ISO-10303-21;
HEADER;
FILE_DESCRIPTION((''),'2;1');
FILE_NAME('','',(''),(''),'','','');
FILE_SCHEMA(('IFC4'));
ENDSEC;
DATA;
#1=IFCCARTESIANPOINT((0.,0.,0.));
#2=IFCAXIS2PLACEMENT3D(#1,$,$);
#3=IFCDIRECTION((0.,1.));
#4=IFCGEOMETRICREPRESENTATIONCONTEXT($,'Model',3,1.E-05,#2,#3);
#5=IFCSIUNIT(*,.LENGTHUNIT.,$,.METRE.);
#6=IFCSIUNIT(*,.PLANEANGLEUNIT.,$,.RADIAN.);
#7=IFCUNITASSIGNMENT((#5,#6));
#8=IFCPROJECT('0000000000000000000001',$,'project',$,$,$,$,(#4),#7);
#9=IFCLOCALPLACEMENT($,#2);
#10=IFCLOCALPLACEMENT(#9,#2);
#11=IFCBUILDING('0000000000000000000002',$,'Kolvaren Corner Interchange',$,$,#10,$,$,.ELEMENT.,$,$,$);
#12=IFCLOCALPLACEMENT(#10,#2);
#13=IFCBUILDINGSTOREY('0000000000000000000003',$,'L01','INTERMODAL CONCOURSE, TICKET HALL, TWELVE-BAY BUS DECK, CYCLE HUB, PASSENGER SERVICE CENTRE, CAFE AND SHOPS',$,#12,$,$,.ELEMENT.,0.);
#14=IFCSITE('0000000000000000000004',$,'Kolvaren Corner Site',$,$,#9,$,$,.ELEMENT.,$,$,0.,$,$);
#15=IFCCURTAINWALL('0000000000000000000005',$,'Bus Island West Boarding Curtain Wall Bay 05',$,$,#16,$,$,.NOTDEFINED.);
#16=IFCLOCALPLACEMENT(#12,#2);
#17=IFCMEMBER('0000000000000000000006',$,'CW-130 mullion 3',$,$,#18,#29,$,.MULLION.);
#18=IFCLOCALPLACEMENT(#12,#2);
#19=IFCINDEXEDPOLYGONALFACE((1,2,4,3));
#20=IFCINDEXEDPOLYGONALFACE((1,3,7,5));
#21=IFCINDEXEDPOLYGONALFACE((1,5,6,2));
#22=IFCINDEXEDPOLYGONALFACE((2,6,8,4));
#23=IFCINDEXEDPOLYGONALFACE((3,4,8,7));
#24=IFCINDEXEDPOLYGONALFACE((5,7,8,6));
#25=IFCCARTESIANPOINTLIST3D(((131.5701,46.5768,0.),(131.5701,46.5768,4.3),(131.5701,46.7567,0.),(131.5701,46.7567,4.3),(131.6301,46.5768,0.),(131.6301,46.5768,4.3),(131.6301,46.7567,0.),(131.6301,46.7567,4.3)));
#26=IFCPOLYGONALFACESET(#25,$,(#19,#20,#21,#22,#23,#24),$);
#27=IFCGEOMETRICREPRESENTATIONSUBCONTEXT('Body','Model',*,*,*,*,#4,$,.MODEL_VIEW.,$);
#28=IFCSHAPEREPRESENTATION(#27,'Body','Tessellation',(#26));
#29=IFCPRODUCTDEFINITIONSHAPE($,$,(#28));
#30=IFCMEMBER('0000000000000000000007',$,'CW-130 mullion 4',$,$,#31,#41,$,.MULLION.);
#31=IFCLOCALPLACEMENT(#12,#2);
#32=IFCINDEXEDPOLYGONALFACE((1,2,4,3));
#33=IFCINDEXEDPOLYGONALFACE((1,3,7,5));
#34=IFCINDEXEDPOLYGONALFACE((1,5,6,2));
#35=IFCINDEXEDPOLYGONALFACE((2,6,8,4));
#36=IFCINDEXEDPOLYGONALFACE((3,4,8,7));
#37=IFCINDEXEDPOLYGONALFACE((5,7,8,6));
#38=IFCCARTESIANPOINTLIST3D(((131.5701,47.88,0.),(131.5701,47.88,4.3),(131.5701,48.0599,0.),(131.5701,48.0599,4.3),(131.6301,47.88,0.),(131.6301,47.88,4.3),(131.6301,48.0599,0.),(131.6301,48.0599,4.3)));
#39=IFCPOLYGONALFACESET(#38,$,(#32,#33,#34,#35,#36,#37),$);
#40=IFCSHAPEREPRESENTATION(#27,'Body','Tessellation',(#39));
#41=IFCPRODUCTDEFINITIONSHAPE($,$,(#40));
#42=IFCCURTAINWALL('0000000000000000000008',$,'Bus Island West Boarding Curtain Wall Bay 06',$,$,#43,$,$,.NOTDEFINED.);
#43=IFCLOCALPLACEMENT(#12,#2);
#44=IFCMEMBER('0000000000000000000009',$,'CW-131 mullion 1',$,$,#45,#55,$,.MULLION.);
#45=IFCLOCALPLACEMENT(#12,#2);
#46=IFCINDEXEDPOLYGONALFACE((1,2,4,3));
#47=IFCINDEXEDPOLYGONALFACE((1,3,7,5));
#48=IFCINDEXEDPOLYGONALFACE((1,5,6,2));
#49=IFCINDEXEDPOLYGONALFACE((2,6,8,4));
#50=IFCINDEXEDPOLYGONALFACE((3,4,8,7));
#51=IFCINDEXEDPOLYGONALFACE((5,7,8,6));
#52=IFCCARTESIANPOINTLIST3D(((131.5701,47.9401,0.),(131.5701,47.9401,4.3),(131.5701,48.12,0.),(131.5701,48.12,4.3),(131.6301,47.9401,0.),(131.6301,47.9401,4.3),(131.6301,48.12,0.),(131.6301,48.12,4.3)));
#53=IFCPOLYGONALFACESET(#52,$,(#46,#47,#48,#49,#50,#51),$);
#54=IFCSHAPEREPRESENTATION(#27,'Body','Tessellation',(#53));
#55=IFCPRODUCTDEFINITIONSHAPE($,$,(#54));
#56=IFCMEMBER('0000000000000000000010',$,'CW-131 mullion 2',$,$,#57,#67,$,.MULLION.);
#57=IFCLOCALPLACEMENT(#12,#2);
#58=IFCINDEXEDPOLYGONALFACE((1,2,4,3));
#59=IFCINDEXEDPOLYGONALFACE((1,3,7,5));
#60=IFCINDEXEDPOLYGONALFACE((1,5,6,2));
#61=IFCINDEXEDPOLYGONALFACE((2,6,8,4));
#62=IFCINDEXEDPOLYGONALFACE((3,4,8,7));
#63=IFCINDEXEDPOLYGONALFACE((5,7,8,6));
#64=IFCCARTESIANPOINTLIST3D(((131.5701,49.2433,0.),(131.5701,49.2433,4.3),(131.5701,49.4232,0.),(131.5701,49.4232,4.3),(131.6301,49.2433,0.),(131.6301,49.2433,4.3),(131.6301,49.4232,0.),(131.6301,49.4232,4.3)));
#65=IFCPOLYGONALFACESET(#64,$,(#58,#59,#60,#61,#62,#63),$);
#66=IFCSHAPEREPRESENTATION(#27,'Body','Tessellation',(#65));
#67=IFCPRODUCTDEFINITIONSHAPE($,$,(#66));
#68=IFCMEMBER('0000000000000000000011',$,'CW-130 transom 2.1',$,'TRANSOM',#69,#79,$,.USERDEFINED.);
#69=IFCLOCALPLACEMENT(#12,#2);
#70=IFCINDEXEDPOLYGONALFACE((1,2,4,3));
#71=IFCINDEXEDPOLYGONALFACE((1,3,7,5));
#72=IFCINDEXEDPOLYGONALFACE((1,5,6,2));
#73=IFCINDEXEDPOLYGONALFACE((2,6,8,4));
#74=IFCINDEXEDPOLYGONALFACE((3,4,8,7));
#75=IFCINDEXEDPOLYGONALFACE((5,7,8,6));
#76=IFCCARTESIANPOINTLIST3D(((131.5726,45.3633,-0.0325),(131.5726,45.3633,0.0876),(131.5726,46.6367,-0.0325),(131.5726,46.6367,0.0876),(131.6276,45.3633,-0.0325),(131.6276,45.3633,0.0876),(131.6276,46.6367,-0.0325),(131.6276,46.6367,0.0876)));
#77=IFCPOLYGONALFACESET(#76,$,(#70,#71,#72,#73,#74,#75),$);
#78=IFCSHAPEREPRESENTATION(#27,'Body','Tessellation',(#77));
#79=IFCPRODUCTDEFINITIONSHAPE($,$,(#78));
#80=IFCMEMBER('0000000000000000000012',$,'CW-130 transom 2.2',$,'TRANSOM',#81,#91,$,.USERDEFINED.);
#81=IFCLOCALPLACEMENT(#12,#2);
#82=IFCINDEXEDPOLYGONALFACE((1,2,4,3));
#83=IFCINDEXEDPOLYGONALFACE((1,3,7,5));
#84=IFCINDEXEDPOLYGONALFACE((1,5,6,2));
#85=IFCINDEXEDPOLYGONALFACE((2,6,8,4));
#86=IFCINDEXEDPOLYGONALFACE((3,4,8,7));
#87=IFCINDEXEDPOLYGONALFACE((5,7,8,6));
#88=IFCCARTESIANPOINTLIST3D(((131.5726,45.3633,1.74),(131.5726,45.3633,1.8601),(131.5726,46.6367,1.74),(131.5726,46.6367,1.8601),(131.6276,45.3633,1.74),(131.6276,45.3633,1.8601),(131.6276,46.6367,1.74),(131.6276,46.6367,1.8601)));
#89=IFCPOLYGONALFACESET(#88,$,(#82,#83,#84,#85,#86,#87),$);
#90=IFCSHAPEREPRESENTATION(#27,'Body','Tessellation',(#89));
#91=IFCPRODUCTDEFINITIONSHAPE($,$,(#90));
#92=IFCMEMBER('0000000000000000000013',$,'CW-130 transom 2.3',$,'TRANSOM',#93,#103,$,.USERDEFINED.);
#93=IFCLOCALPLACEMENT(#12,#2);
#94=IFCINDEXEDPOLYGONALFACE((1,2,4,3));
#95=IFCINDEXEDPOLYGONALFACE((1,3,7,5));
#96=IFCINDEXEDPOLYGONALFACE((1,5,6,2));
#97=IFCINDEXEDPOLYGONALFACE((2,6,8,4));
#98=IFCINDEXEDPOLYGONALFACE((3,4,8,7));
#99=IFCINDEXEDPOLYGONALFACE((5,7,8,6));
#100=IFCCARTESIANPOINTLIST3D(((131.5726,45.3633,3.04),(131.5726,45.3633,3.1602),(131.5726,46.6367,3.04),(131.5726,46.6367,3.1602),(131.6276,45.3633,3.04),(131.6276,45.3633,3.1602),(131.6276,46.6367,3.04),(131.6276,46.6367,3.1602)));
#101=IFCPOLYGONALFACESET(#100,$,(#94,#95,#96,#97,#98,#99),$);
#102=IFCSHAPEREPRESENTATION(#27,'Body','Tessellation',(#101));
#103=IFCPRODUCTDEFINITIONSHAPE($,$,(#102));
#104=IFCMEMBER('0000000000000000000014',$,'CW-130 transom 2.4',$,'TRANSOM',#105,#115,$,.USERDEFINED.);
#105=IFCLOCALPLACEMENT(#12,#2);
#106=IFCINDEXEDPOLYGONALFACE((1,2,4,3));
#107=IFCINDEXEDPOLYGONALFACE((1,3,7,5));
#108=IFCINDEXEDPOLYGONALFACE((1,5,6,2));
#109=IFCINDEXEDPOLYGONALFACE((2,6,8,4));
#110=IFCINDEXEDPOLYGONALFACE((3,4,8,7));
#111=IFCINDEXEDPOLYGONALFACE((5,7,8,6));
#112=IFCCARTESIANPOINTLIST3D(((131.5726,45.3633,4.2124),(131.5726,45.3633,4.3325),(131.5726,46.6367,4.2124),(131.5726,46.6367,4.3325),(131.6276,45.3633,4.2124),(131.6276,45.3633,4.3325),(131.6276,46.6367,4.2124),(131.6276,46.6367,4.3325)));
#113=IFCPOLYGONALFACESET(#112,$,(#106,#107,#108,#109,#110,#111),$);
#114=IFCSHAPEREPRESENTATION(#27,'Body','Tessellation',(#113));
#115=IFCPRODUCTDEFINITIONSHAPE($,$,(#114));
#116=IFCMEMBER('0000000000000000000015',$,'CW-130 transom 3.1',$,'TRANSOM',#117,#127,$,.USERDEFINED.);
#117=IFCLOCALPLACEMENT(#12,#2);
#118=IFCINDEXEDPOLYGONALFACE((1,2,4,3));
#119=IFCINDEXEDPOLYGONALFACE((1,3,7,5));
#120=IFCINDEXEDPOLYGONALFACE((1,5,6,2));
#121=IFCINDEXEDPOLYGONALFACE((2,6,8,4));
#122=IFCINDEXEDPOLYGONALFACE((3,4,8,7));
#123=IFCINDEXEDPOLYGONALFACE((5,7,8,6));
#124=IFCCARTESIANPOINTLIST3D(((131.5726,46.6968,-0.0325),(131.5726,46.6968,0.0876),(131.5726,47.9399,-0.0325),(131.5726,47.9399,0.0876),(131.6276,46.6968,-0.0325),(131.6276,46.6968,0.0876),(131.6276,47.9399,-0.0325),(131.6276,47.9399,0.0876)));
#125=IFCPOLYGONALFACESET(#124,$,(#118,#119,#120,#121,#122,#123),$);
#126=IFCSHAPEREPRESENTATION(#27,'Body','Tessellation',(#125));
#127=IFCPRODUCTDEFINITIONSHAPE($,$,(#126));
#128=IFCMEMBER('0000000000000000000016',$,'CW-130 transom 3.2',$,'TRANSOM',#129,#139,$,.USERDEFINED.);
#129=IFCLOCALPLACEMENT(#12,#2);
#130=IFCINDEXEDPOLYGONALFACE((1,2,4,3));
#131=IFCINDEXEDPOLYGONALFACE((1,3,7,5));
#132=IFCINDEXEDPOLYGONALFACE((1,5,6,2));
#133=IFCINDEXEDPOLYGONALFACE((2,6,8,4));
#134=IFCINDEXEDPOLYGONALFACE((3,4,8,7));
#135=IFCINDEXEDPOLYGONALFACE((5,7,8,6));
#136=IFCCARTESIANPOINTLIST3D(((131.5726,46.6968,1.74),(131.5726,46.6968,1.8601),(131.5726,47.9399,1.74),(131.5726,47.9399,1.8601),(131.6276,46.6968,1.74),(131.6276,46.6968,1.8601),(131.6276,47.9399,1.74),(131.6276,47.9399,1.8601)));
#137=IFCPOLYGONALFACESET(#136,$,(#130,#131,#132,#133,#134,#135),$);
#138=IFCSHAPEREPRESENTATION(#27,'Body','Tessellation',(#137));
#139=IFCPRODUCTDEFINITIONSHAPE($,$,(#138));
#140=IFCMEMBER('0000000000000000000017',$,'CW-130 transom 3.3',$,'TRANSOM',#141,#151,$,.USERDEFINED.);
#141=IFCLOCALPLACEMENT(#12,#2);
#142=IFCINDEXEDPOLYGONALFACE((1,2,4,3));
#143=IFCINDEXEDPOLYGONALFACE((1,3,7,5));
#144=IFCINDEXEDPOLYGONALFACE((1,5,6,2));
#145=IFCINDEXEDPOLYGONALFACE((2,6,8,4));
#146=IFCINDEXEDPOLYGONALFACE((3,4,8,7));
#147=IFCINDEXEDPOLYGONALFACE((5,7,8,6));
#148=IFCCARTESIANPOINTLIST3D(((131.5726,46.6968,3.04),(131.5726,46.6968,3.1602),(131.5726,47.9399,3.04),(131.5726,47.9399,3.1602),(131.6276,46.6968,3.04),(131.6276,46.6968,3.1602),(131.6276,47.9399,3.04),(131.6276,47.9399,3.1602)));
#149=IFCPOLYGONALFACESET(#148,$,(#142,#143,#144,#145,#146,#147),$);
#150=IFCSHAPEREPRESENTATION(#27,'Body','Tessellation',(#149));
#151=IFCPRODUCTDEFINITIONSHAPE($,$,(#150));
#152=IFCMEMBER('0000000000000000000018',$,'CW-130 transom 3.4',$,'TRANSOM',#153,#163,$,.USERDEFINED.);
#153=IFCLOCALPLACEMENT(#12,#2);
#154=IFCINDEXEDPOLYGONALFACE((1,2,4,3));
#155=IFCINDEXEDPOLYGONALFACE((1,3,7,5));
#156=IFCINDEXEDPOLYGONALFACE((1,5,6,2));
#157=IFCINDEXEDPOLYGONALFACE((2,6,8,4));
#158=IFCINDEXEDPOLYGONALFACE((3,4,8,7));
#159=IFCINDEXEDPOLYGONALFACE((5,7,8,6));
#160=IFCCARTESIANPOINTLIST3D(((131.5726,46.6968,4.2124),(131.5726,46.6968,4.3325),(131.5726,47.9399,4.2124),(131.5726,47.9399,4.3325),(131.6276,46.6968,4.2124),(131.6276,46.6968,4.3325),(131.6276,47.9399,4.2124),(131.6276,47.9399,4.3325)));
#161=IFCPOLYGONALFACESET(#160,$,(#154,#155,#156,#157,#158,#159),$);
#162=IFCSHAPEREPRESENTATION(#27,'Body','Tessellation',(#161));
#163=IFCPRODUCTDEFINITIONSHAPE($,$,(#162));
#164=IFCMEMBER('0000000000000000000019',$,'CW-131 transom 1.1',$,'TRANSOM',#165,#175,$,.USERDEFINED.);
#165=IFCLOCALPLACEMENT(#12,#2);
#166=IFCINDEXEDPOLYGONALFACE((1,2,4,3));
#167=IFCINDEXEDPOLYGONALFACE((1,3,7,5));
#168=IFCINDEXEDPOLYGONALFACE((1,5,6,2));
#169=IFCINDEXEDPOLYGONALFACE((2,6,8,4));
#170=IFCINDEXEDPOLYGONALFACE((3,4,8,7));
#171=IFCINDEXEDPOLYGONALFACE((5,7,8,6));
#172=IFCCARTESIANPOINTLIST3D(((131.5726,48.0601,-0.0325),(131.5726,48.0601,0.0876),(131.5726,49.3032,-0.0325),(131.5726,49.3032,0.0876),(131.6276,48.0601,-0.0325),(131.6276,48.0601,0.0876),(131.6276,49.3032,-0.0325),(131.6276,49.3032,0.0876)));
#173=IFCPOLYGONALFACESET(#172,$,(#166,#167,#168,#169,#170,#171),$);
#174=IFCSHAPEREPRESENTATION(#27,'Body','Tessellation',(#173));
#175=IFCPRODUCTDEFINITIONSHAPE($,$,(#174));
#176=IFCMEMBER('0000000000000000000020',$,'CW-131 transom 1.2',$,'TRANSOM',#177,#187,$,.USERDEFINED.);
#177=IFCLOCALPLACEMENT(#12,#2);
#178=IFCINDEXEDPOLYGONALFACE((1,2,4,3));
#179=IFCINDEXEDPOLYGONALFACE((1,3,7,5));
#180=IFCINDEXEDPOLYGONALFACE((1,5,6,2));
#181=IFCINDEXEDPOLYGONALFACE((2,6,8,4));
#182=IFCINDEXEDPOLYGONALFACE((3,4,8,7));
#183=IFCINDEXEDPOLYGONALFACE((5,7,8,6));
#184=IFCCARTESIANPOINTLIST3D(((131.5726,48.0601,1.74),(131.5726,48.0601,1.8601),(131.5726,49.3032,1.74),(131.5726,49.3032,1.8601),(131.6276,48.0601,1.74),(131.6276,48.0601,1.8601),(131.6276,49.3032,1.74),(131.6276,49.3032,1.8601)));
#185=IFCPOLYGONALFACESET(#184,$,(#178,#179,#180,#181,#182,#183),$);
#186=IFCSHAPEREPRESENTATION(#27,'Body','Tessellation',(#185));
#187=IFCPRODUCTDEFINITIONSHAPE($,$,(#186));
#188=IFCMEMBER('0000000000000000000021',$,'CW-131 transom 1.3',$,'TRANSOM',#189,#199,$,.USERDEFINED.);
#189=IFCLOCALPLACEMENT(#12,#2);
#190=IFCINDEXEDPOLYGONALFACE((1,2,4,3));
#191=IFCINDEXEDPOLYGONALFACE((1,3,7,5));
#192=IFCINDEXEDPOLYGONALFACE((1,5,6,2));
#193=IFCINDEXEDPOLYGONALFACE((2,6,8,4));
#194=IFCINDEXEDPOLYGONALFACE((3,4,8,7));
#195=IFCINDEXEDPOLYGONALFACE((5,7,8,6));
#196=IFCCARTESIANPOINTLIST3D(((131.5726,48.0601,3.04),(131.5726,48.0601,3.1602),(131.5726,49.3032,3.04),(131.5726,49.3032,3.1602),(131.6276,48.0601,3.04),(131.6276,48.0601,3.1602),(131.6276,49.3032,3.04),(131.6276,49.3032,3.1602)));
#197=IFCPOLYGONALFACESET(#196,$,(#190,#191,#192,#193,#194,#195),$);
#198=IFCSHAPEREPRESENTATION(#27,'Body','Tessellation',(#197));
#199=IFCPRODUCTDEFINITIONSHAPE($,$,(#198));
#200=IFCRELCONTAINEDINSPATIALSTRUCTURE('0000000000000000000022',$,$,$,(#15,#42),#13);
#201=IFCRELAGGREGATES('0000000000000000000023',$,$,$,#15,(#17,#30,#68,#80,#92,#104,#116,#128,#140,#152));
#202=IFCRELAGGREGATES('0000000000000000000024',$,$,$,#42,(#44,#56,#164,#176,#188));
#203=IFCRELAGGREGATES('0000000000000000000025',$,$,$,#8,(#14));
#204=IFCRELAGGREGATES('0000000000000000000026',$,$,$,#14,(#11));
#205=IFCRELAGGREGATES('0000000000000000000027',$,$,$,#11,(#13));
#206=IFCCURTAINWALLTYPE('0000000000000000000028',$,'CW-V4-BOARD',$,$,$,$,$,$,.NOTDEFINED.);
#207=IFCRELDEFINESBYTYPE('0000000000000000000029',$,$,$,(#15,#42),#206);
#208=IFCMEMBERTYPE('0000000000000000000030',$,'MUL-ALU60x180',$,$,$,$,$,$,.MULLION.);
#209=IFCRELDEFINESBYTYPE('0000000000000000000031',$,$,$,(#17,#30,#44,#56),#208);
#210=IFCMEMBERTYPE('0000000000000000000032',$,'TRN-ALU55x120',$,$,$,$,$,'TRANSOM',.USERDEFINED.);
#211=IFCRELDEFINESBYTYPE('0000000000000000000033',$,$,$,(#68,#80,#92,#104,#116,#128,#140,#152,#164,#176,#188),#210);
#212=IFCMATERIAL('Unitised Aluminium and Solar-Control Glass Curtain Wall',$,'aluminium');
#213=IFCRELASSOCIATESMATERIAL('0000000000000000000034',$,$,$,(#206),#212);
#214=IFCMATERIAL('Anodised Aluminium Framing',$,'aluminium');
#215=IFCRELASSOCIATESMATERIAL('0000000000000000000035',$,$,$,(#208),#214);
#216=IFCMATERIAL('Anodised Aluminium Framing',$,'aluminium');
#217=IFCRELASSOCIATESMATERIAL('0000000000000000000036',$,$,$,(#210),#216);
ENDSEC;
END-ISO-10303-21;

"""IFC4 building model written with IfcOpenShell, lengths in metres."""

from ifc_helpers import new_model, si_unit, direction, frame, origin, origin_2d, place, context, subcontext, project, spatial, rectangle, extrude, material, material_profile, profile_set, type_object, element, aggregate, save


model = new_model("IFC4")

# Units and contexts
model_context = context("Model", 3, precision=1e-05, world=origin(), true_north=direction((0.0, 1.0)))
body_context = subcontext(model_context, "Body", "Model", "MODEL_VIEW")
ifc_project = project(units=[si_unit("LENGTHUNIT", "METRE"), si_unit("PLANEANGLEUNIT", "RADIAN")], contexts=[model_context])

# Site, building, storey
site_placement = place(None, origin())
site = spatial("IfcSite", under=ifc_project, at=site_placement, Name="Kolvaren Corner Site", CompositionType="ELEMENT", RefElevation=0.0)
building_placement = place(site_placement, origin())
building = spatial("IfcBuilding", under=site, at=building_placement, Name="Kolvaren Corner Interchange", CompositionType="ELEMENT")
storey_placement = place(building_placement, origin())
storey = spatial("IfcBuildingStorey", under=building, at=storey_placement, Name="L01", Description="INTERMODAL CONCOURSE, TICKET HALL, TWELVE-BAY BUS DECK, CYCLE HUB, PASSENGER SERVICE CENTRE, CAFE AND SHOPS", CompositionType="ELEMENT", Elevation=0.0)

# Curtain walls, members
ifc_material_1 = material(Name="Unitised Aluminium and Solar-Control Glass Curtain Wall", Category="aluminium")
curtain_wall_type = type_object("IfcCurtainWallType", Name="CW-V4-BOARD", PredefinedType="NOTDEFINED", material=ifc_material_1)
curtain_wall_1_placement = place(storey_placement, origin())
curtain_wall_1 = element("IfcCurtainWall", 1, at=curtain_wall_1_placement, inside=storey, type_object=curtain_wall_type, Name="Bus Island West Boarding Curtain Wall Bay 05", PredefinedType="NOTDEFINED")
ifc_material_2 = material(Name="Anodised Aluminium Framing", Category="aluminium")
ifc_material_profile_1 = material_profile(ifc_material_2, rectangle(XDim=0.0601, YDim=0.1799, at=origin_2d()), Name="ALU 60x180")
ifc_profile_set_1 = profile_set([ifc_material_profile_1], Name="Anodised Aluminium Framing")
member_type_1 = type_object("IfcMemberType", Name="MUL-ALU60x180", PredefinedType="MULLION", material=ifc_profile_set_1)
member_1_placement = place(storey_placement, frame((131.6001, 46.6667, 0.0), z_axis=(0.0, 0.0, 1.0), x_axis=(-1.0, 0.0, 0.0)))
member_1 = element("IfcMember", 2, at=member_1_placement, type_object=member_type_1, Name="CW-130 mullion 3", PredefinedType="MULLION", context=body_context, shape_type="SweptSolid", body=[
    extrude(rectangle(XDim=0.0601, YDim=0.1799, at=origin_2d()), origin(), (0.0, 0.0, 1.0), 4.3),
])
member_2_placement = place(storey_placement, frame((131.6001, 47.97, 0.0), z_axis=(0.0, 0.0, 1.0), x_axis=(-1.0, 0.0, 0.0)))
member_2 = element("IfcMember", 3, at=member_2_placement, type_object=member_type_1, Name="CW-130 mullion 4", PredefinedType="MULLION", context=body_context, shape_type="SweptSolid", body=[
    extrude(rectangle(XDim=0.0601, YDim=0.1799, at=origin_2d()), origin(), (0.0, 0.0, 1.0), 4.3),
])
curtain_wall_2_placement = place(storey_placement, origin())
curtain_wall_2 = element("IfcCurtainWall", 4, at=curtain_wall_2_placement, inside=storey, type_object=curtain_wall_type, Name="Bus Island West Boarding Curtain Wall Bay 06", PredefinedType="NOTDEFINED")
member_3_placement = place(storey_placement, frame((131.6001, 48.03, 0.0), z_axis=(0.0, 0.0, 1.0), x_axis=(-1.0, 0.0, 0.0)))
member_3 = element("IfcMember", 5, at=member_3_placement, type_object=member_type_1, Name="CW-131 mullion 1", PredefinedType="MULLION", context=body_context, shape_type="SweptSolid", body=[
    extrude(rectangle(XDim=0.0601, YDim=0.1799, at=origin_2d()), origin(), (0.0, 0.0, 1.0), 4.3),
])
member_4_placement = place(storey_placement, frame((131.6001, 49.3333, 0.0), z_axis=(0.0, 0.0, 1.0), x_axis=(-1.0, 0.0, 0.0)))
member_4 = element("IfcMember", 6, at=member_4_placement, type_object=member_type_1, Name="CW-131 mullion 2", PredefinedType="MULLION", context=body_context, shape_type="SweptSolid", body=[
    extrude(rectangle(XDim=0.0601, YDim=0.1799, at=origin_2d()), origin(), (0.0, 0.0, 1.0), 4.3),
])

# Members
ifc_material_3 = material(Name="Anodised Aluminium Framing", Category="aluminium")
ifc_material_profile_2 = material_profile(ifc_material_3, rectangle(XDim=0.0549, YDim=0.1201, at=origin_2d()), Name="ALU 55x120")
ifc_profile_set_2 = profile_set([ifc_material_profile_2], Name="Anodised Aluminium Framing")
member_type_2 = type_object("IfcMemberType", Name="TRN-ALU55x120", ElementType="TRANSOM", PredefinedType="USERDEFINED", material=ifc_profile_set_2)
member_5_placement = place(storey_placement, frame((131.6001, 45.3633, 0.0276), z_axis=(0.0, 1.0, 0.0), x_axis=(-1.0, 0.0, 0.0)))
member_5 = element("IfcMember", 7, at=member_5_placement, type_object=member_type_2, Name="CW-130 transom 2.1", ObjectType="TRANSOM", PredefinedType="USERDEFINED", context=body_context, shape_type="SweptSolid", body=[
    extrude(rectangle(XDim=0.0549, YDim=0.1201, at=origin_2d()), origin(), (0.0, 0.0, 1.0), 1.2734),
])
member_6_placement = place(storey_placement, frame((131.6001, 45.3633, 1.8), z_axis=(0.0, 1.0, 0.0), x_axis=(-1.0, 0.0, 0.0)))
member_6 = element("IfcMember", 8, at=member_6_placement, type_object=member_type_2, Name="CW-130 transom 2.2", ObjectType="TRANSOM", PredefinedType="USERDEFINED", context=body_context, shape_type="SweptSolid", body=[
    extrude(rectangle(XDim=0.0549, YDim=0.1201, at=origin_2d()), origin(), (0.0, 0.0, 1.0), 1.2734),
])
member_7_placement = place(storey_placement, frame((131.6001, 45.3633, 3.1001), z_axis=(0.0, 1.0, 0.0), x_axis=(-1.0, 0.0, 0.0)))
member_7 = element("IfcMember", 9, at=member_7_placement, type_object=member_type_2, Name="CW-130 transom 2.3", ObjectType="TRANSOM", PredefinedType="USERDEFINED", context=body_context, shape_type="SweptSolid", body=[
    extrude(rectangle(XDim=0.0549, YDim=0.1201, at=origin_2d()), origin(), (0.0, 0.0, 1.0), 1.2734),
])
member_8_placement = place(storey_placement, frame((131.6001, 45.3633, 4.2725), z_axis=(0.0, 1.0, 0.0), x_axis=(-1.0, 0.0, 0.0)))
member_8 = element("IfcMember", 10, at=member_8_placement, type_object=member_type_2, Name="CW-130 transom 2.4", ObjectType="TRANSOM", PredefinedType="USERDEFINED", context=body_context, shape_type="SweptSolid", body=[
    extrude(rectangle(XDim=0.0549, YDim=0.1201, at=origin_2d()), origin(), (0.0, 0.0, 1.0), 1.2734),
])
member_9_placement = place(storey_placement, frame((131.6001, 46.6968, 0.0276), z_axis=(0.0, 1.0, 0.0), x_axis=(-1.0, 0.0, 0.0)))
member_9 = element("IfcMember", 11, at=member_9_placement, type_object=member_type_2, Name="CW-130 transom 3.1", ObjectType="TRANSOM", PredefinedType="USERDEFINED", context=body_context, shape_type="SweptSolid", body=[
    extrude(rectangle(XDim=0.0549, YDim=0.1201, at=origin_2d()), origin(), (0.0, 0.0, 1.0), 1.2432),
])
member_10_placement = place(storey_placement, frame((131.6001, 46.6968, 1.8), z_axis=(0.0, 1.0, 0.0), x_axis=(-1.0, 0.0, 0.0)))
member_10 = element("IfcMember", 12, at=member_10_placement, type_object=member_type_2, Name="CW-130 transom 3.2", ObjectType="TRANSOM", PredefinedType="USERDEFINED", context=body_context, shape_type="SweptSolid", body=[
    extrude(rectangle(XDim=0.0549, YDim=0.1201, at=origin_2d()), origin(), (0.0, 0.0, 1.0), 1.2432),
])
member_11_placement = place(storey_placement, frame((131.6001, 46.6968, 3.1001), z_axis=(0.0, 1.0, 0.0), x_axis=(-1.0, 0.0, 0.0)))
member_11 = element("IfcMember", 13, at=member_11_placement, type_object=member_type_2, Name="CW-130 transom 3.3", ObjectType="TRANSOM", PredefinedType="USERDEFINED", context=body_context, shape_type="SweptSolid", body=[
    extrude(rectangle(XDim=0.0549, YDim=0.1201, at=origin_2d()), origin(), (0.0, 0.0, 1.0), 1.2432),
])
member_12_placement = place(storey_placement, frame((131.6001, 46.6968, 4.2725), z_axis=(0.0, 1.0, 0.0), x_axis=(-1.0, 0.0, 0.0)))
member_12 = element("IfcMember", 14, at=member_12_placement, type_object=member_type_2, Name="CW-130 transom 3.4", ObjectType="TRANSOM", PredefinedType="USERDEFINED", context=body_context, shape_type="SweptSolid", body=[
    extrude(rectangle(XDim=0.0549, YDim=0.1201, at=origin_2d()), origin(), (0.0, 0.0, 1.0), 1.2432),
])
member_13_placement = place(storey_placement, frame((131.6001, 48.0601, 0.0276), z_axis=(0.0, 1.0, 0.0), x_axis=(-1.0, 0.0, 0.0)))
member_13 = element("IfcMember", 15, at=member_13_placement, type_object=member_type_2, Name="CW-131 transom 1.1", ObjectType="TRANSOM", PredefinedType="USERDEFINED", context=body_context, shape_type="SweptSolid", body=[
    extrude(rectangle(XDim=0.0549, YDim=0.1201, at=origin_2d()), origin(), (0.0, 0.0, 1.0), 1.2432),
])
member_14_placement = place(storey_placement, frame((131.6001, 48.0601, 1.8), z_axis=(0.0, 1.0, 0.0), x_axis=(-1.0, 0.0, 0.0)))
member_14 = element("IfcMember", 16, at=member_14_placement, type_object=member_type_2, Name="CW-131 transom 1.2", ObjectType="TRANSOM", PredefinedType="USERDEFINED", context=body_context, shape_type="SweptSolid", body=[
    extrude(rectangle(XDim=0.0549, YDim=0.1201, at=origin_2d()), origin(), (0.0, 0.0, 1.0), 1.2432),
])
member_15_placement = place(storey_placement, frame((131.6001, 48.0601, 3.1001), z_axis=(0.0, 1.0, 0.0), x_axis=(-1.0, 0.0, 0.0)))
member_15 = element("IfcMember", 17, at=member_15_placement, type_object=member_type_2, Name="CW-131 transom 1.3", ObjectType="TRANSOM", PredefinedType="USERDEFINED", context=body_context, shape_type="SweptSolid", body=[
    extrude(rectangle(XDim=0.0549, YDim=0.1201, at=origin_2d()), origin(), (0.0, 0.0, 1.0), 1.2432),
])

aggregate(curtain_wall_1, [member_1, member_2, member_5, member_6, member_7, member_8, member_9, member_10, member_11, member_12])
aggregate(curtain_wall_2, [member_3, member_4, member_13, member_14, member_15])

save(model, "model.ifc")
